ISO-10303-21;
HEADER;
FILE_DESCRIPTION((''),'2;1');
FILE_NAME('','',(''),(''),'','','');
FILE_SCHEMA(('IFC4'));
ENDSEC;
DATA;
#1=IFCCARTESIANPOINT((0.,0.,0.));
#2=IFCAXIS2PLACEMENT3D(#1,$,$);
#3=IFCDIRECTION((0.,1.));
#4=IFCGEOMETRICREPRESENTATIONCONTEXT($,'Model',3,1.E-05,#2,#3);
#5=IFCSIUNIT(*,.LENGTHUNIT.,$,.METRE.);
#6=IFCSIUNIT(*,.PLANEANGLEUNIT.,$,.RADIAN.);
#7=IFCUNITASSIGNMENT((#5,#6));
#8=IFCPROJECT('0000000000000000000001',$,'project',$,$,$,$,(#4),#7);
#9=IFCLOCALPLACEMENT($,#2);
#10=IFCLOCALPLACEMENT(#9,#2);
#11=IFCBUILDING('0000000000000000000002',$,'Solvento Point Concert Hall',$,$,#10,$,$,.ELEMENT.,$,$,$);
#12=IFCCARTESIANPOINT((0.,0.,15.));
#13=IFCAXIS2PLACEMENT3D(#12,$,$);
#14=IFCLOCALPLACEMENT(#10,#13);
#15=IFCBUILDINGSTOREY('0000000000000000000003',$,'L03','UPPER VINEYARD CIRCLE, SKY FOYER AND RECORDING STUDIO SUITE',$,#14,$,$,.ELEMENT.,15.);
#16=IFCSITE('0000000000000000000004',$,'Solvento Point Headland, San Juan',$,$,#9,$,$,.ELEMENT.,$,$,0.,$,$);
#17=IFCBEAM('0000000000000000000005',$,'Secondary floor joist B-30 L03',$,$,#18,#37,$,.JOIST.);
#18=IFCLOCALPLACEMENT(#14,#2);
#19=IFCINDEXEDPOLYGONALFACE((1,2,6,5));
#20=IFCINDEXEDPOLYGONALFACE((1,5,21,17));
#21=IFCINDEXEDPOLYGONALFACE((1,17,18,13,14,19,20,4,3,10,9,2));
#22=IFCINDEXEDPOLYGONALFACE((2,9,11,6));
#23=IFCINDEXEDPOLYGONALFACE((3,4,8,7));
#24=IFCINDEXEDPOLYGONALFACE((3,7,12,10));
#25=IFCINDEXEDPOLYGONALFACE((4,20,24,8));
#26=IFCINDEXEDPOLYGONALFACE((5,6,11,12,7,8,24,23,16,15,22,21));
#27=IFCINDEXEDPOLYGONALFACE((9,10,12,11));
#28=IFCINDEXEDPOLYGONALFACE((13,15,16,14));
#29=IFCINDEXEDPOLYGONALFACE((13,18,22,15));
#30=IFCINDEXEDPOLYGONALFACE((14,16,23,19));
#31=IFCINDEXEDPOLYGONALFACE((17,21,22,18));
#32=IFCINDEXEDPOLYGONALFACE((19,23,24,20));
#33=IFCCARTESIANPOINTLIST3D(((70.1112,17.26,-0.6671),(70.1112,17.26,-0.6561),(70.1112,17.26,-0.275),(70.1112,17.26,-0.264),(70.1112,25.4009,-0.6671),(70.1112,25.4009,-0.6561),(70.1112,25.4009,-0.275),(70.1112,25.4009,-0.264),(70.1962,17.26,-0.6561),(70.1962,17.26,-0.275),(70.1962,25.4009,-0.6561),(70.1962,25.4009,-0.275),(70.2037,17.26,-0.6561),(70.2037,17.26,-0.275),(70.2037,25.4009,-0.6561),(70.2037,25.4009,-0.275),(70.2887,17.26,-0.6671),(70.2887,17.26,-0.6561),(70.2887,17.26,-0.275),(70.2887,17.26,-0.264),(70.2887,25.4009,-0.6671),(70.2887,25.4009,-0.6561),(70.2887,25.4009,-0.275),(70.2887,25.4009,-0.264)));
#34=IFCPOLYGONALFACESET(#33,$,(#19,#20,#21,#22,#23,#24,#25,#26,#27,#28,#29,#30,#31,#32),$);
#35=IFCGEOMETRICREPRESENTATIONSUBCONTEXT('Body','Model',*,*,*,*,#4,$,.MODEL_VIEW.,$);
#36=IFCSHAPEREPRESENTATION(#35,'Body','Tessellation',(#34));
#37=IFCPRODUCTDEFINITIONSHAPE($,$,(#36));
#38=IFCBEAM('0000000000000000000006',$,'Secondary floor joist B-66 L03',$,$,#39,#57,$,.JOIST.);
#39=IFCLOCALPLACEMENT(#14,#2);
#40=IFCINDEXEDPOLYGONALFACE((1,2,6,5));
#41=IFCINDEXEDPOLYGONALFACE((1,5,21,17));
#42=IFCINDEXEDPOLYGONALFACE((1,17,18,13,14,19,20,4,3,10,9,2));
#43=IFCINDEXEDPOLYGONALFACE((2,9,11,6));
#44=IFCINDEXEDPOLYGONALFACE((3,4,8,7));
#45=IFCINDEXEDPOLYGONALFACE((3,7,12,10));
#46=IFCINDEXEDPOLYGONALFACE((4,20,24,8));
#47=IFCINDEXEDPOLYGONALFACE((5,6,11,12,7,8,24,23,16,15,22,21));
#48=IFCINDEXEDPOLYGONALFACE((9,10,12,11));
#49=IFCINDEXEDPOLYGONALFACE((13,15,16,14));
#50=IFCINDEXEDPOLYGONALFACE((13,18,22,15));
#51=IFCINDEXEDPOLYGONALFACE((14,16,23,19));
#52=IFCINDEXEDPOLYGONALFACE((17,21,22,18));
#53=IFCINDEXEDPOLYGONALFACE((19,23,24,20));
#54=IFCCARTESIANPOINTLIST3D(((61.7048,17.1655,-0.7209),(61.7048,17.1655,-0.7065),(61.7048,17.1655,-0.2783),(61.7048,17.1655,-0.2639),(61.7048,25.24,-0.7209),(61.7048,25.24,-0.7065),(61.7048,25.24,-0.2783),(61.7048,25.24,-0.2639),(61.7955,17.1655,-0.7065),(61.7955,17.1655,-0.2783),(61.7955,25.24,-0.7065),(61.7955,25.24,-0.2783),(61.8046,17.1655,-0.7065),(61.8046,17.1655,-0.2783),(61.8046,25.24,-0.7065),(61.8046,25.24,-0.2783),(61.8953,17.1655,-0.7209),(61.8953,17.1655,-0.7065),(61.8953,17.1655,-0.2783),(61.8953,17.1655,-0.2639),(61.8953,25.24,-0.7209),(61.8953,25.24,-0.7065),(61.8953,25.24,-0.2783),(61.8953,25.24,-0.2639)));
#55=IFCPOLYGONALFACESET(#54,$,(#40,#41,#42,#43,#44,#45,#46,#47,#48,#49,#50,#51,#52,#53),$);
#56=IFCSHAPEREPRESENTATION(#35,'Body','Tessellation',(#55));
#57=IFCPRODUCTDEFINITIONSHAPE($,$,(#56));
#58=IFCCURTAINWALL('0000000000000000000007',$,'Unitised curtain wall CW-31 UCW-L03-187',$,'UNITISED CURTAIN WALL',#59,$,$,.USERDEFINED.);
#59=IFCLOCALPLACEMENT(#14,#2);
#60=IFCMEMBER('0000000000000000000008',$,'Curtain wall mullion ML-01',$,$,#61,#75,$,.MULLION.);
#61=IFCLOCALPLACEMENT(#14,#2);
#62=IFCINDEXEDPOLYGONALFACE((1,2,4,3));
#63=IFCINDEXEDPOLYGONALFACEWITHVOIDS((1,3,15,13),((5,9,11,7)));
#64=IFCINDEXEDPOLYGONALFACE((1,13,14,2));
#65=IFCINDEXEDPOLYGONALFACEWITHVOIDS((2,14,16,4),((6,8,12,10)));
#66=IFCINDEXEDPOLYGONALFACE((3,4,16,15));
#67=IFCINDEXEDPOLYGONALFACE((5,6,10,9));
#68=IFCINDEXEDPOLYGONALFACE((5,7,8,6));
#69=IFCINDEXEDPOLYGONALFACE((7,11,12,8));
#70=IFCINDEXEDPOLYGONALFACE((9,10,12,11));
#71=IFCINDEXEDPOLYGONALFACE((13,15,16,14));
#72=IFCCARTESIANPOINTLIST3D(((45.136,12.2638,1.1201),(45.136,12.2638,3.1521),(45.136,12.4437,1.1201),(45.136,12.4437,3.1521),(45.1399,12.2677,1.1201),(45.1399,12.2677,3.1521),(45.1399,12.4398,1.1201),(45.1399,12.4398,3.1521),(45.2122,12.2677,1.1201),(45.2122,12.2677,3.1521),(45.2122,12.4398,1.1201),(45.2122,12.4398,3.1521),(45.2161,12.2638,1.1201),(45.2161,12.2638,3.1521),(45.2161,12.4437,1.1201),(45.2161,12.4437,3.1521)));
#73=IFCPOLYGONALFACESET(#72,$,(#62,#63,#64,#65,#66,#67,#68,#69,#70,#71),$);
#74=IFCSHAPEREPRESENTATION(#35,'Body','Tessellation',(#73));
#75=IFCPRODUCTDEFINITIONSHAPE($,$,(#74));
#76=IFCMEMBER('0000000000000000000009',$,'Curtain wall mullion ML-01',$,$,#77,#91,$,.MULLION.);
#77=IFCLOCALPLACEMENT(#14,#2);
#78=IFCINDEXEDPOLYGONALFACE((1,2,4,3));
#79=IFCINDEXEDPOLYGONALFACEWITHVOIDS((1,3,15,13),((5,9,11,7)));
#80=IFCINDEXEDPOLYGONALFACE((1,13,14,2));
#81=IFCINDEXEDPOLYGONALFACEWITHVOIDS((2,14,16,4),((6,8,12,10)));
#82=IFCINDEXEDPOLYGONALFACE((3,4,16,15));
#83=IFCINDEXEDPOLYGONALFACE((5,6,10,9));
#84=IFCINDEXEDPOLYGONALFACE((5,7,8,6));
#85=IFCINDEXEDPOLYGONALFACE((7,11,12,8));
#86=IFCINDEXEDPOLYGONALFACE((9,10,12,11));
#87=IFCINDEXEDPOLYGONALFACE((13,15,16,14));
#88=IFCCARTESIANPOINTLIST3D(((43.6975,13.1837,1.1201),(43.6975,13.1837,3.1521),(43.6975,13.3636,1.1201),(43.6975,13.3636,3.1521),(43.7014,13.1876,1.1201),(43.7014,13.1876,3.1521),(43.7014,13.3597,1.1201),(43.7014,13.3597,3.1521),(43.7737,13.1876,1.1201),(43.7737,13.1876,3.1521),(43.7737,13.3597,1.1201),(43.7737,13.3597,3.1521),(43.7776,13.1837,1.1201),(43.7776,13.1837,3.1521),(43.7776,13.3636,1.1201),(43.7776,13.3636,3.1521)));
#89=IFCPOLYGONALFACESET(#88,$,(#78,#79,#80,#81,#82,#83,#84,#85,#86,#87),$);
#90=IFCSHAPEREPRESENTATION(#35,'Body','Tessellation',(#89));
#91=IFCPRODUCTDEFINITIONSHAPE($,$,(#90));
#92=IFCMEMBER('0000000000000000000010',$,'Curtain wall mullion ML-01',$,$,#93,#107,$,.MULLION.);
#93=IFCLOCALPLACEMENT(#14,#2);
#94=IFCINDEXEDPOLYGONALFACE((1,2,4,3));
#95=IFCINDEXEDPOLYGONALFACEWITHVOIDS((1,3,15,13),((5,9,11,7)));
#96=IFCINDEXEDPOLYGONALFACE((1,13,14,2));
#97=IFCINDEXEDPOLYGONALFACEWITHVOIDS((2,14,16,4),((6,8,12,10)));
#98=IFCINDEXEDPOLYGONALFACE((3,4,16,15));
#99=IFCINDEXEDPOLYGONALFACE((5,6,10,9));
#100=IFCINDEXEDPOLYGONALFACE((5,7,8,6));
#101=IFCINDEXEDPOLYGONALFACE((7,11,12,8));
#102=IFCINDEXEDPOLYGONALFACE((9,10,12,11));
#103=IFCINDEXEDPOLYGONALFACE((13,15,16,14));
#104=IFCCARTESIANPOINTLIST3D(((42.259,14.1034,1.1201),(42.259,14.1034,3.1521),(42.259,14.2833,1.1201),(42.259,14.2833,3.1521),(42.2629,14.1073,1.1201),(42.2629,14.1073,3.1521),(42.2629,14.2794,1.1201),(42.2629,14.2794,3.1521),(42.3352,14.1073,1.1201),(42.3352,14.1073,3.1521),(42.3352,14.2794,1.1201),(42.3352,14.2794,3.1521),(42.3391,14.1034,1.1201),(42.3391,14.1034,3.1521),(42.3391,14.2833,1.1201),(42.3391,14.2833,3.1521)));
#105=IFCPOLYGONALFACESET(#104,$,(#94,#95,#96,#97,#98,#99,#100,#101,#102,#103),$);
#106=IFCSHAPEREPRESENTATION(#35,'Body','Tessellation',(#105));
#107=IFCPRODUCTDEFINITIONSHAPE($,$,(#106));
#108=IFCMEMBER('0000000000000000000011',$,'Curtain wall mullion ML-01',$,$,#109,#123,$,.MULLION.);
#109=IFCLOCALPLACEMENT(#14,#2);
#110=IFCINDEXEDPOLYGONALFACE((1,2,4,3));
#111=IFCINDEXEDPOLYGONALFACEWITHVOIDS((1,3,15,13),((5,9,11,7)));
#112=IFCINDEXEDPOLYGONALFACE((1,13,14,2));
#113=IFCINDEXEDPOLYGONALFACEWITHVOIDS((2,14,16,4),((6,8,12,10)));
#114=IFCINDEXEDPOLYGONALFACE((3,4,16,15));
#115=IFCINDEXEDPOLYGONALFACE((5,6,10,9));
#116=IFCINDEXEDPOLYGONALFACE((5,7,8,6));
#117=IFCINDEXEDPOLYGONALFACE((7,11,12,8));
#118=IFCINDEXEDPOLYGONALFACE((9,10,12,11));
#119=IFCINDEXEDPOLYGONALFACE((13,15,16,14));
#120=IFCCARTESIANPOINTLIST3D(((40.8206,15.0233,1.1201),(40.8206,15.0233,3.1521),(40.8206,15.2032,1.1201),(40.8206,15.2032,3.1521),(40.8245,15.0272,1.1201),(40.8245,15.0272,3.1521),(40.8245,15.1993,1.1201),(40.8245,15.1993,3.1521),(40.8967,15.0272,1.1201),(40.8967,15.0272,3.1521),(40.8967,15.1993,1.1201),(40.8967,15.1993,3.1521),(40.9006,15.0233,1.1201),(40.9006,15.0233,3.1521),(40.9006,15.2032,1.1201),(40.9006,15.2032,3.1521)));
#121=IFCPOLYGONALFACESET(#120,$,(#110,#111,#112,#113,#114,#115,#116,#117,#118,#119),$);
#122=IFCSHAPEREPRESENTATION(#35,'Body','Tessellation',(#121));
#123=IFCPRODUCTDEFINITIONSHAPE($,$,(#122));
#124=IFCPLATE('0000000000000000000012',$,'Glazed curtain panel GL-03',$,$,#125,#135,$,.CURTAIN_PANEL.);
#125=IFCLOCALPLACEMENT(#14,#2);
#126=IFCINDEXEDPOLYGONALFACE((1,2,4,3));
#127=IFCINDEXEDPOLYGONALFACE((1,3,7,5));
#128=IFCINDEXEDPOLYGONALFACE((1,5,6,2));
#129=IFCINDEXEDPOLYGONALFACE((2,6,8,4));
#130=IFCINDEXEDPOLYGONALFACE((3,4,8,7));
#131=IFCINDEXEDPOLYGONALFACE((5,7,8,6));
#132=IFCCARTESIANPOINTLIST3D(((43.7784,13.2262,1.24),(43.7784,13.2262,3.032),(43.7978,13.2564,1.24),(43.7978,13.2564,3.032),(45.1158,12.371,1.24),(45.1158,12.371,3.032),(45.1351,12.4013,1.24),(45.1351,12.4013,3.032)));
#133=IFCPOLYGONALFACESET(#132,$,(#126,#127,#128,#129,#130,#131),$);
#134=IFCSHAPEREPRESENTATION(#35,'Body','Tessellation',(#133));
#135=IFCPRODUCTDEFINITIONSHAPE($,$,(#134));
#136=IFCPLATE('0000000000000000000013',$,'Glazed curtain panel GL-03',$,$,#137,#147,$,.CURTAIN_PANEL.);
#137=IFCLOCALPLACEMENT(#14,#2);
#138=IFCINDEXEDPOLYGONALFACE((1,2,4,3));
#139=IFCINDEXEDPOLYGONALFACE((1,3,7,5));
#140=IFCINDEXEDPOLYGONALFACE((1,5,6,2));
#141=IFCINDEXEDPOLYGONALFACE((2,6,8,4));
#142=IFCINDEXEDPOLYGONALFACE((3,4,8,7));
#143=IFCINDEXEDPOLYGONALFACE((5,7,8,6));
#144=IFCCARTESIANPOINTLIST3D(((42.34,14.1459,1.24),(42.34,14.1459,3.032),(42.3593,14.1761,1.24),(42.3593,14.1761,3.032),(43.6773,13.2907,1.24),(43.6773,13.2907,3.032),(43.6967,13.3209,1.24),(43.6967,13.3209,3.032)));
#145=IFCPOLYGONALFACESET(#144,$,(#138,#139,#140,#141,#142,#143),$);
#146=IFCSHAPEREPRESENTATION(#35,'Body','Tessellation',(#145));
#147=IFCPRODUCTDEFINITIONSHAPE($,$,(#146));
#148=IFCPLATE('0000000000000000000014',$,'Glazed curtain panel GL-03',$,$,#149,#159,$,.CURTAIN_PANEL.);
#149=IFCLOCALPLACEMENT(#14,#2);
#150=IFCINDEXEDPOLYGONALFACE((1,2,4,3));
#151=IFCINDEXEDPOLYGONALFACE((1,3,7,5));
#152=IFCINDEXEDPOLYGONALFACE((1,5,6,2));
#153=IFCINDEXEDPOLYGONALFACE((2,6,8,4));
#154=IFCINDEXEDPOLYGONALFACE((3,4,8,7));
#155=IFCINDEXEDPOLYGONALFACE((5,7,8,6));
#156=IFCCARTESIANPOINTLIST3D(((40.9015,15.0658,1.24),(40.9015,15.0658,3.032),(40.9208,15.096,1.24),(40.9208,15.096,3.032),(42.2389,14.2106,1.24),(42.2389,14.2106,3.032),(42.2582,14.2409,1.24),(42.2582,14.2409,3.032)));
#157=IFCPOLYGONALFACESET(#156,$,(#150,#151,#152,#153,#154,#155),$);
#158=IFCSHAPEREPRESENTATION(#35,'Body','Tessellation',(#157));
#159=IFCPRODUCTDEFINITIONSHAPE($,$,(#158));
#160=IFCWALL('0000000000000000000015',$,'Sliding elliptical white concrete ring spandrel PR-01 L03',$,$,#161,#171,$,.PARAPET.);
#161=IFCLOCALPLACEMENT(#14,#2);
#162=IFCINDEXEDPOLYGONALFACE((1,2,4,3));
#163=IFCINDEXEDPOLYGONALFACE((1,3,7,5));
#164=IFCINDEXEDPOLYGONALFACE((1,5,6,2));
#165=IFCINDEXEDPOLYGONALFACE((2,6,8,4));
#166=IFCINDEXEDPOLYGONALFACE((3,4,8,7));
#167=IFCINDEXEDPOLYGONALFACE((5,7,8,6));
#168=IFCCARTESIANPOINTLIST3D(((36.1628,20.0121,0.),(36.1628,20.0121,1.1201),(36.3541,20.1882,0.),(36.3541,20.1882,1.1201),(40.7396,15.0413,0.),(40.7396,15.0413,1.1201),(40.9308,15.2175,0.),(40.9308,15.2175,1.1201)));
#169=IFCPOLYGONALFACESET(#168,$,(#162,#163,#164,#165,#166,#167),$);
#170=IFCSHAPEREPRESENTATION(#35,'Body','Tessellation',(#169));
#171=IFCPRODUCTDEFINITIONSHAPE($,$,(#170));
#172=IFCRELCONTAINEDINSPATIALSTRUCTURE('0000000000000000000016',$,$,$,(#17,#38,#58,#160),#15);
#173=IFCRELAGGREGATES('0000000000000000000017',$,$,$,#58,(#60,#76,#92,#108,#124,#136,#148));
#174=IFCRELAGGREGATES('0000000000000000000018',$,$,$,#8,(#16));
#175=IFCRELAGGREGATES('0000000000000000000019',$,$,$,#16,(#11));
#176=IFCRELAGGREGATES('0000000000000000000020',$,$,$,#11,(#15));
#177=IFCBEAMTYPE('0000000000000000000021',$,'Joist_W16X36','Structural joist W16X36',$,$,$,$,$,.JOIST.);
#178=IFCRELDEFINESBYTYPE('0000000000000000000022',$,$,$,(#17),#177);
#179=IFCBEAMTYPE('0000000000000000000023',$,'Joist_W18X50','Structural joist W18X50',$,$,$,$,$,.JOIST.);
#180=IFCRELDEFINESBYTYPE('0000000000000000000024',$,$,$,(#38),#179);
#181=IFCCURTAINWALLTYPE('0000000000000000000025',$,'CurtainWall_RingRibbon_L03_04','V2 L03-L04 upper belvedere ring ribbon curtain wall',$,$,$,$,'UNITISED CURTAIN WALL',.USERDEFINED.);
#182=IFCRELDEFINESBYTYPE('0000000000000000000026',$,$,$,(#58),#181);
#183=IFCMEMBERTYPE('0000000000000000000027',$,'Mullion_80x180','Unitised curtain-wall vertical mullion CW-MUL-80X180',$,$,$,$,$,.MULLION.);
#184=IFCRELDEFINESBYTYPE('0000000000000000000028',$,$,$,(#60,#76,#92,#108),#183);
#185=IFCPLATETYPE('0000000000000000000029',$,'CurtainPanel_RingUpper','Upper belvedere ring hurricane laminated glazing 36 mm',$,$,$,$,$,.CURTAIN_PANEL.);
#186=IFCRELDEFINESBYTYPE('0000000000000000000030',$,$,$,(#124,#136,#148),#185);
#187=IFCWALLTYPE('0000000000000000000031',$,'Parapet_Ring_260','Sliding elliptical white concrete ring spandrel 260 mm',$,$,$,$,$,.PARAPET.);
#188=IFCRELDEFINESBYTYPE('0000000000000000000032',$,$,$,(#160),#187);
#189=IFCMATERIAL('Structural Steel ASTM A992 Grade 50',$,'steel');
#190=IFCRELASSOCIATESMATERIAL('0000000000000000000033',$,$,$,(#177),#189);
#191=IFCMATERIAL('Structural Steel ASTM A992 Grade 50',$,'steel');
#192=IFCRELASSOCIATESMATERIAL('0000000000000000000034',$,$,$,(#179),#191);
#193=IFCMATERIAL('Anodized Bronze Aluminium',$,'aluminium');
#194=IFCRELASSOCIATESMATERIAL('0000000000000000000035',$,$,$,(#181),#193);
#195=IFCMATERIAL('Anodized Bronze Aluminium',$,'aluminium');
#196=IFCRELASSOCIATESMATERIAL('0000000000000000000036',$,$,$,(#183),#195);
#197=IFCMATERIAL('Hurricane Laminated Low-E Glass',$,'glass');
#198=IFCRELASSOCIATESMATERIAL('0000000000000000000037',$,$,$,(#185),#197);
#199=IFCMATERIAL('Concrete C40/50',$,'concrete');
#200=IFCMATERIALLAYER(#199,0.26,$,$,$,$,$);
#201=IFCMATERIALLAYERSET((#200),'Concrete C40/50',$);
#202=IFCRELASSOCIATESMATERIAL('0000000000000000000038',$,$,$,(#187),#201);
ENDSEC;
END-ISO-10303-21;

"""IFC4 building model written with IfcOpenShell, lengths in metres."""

from ifc_helpers import new_model, si_unit, direction, frame, frame_2d, origin, origin_2d, place, context, subcontext, project, spatial, rectangle, hollow_rectangle, i_section, extrude, material, layer, layer_set, material_profile, profile_set, type_object, element, aggregate, save


model = new_model("IFC4")

# Units and contexts
model_context = context("Model", 3, precision=1e-05, world=origin(), true_north=direction((0.0, 1.0)))
body_context = subcontext(model_context, "Body", "Model", "MODEL_VIEW")
ifc_project = project(units=[si_unit("LENGTHUNIT", "METRE"), si_unit("PLANEANGLEUNIT", "RADIAN")], contexts=[model_context])

# Site, building, storey
site_placement = place(None, origin())
site = spatial("IfcSite", under=ifc_project, at=site_placement, Name="Solvento Point Headland, San Juan", CompositionType="ELEMENT", RefElevation=0.0)
building_placement = place(site_placement, origin())
building = spatial("IfcBuilding", under=site, at=building_placement, Name="Solvento Point Concert Hall", CompositionType="ELEMENT")
storey_placement = place(building_placement, frame((0.0, 0.0, 15.0)))
storey = spatial("IfcBuildingStorey", under=building, at=storey_placement, Name="L03", Description="UPPER VINEYARD CIRCLE, SKY FOYER AND RECORDING STUDIO SUITE", CompositionType="ELEMENT", Elevation=15.0)

# Beams
ifc_material_1 = material(Name="Structural Steel ASTM A992 Grade 50", Category="steel")
ifc_material_profile_1 = material_profile(ifc_material_1, i_section(OverallWidth=0.1775, OverallDepth=0.4031, WebThickness=0.0076, FlangeThickness=0.011, at=origin_2d()), Name="W16X36")
ifc_profile_set_1 = profile_set([ifc_material_profile_1], Name="Structural Steel ASTM A992 Grade 50")
beam_type_1 = type_object("IfcBeamType", Name="Joist_W16X36", Description="Structural joist W16X36", PredefinedType="JOIST", material=ifc_profile_set_1)
beam_1_placement = place(storey_placement, frame((70.2, 17.26, -0.4656), z_axis=(0.0, 1.0, 0.0), x_axis=(-1.0, 0.0, 0.0)))
element("IfcBeam", 1, at=beam_1_placement, inside=storey, type_object=beam_type_1, Name="Secondary floor joist B-30 L03", PredefinedType="JOIST", context=body_context, shape_type="SweptSolid", body=[
    extrude(i_section(OverallWidth=0.1775, OverallDepth=0.4031, WebThickness=0.0076, FlangeThickness=0.011, at=origin_2d()), origin(), (0.0, 0.0, 1.0), 8.1409),
])
ifc_material_2 = material(Name="Structural Steel ASTM A992 Grade 50", Category="steel")
ifc_material_profile_2 = material_profile(ifc_material_2, i_section(OverallWidth=0.1904, OverallDepth=0.457, WebThickness=0.009, FlangeThickness=0.0144, at=origin_2d()), Name="W18X50")
ifc_profile_set_2 = profile_set([ifc_material_profile_2], Name="Structural Steel ASTM A992 Grade 50")
beam_type_2 = type_object("IfcBeamType", Name="Joist_W18X50", Description="Structural joist W18X50", PredefinedType="JOIST", material=ifc_profile_set_2)
beam_2_placement = place(storey_placement, frame((61.8, 17.1655, -0.4924), z_axis=(0.0, 1.0, 0.0), x_axis=(-1.0, 0.0, 0.0)))
element("IfcBeam", 2, at=beam_2_placement, inside=storey, type_object=beam_type_2, Name="Secondary floor joist B-66 L03", PredefinedType="JOIST", context=body_context, shape_type="SweptSolid", body=[
    extrude(i_section(OverallWidth=0.1904, OverallDepth=0.457, WebThickness=0.009, FlangeThickness=0.0144, at=origin_2d()), origin(), (0.0, 0.0, 1.0), 8.0745),
])

# Curtain wall, members, plates
ifc_material_3 = material(Name="Anodized Bronze Aluminium", Category="aluminium")
curtain_wall_type = type_object("IfcCurtainWallType", Name="CurtainWall_RingRibbon_L03_04", Description="V2 L03-L04 upper belvedere ring ribbon curtain wall", ElementType="UNITISED CURTAIN WALL", PredefinedType="USERDEFINED", material=ifc_material_3)
curtain_wall_placement = place(storey_placement, origin())
curtain_wall = element("IfcCurtainWall", 3, at=curtain_wall_placement, inside=storey, type_object=curtain_wall_type, Name="Unitised curtain wall CW-31 UCW-L03-187", ObjectType="UNITISED CURTAIN WALL", PredefinedType="USERDEFINED")
ifc_material_4 = material(Name="Anodized Bronze Aluminium", Category="aluminium")
ifc_material_profile_3 = material_profile(ifc_material_4, hollow_rectangle(XDim=0.0801, YDim=0.1799, WallThickness=0.0039, at=origin_2d()), Name="CW-MUL-80X180")
ifc_profile_set_3 = profile_set([ifc_material_profile_3], Name="Anodized Bronze Aluminium")
member_type = type_object("IfcMemberType", Name="Mullion_80x180", Description="Unitised curtain-wall vertical mullion CW-MUL-80X180", PredefinedType="MULLION", material=ifc_profile_set_3)
member_1_placement = place(storey_placement, frame((45.176, 12.3538, 1.1201), z_axis=(0.0, 0.0, 1.0), x_axis=(1.0, 0.0, 0.0)))
member_1 = element("IfcMember", 4, at=member_1_placement, type_object=member_type, Name="Curtain wall mullion ML-01", PredefinedType="MULLION", context=body_context, shape_type="SweptSolid", body=[
    extrude(hollow_rectangle(XDim=0.0801, YDim=0.1799, WallThickness=0.0039, at=origin_2d()), origin(), (0.0, 0.0, 1.0), 2.032),
])
member_2_placement = place(storey_placement, frame((43.7375, 13.2737, 1.1201), z_axis=(0.0, 0.0, 1.0), x_axis=(1.0, 0.0, 0.0)))
member_2 = element("IfcMember", 5, at=member_2_placement, type_object=member_type, Name="Curtain wall mullion ML-01", PredefinedType="MULLION", context=body_context, shape_type="SweptSolid", body=[
    extrude(hollow_rectangle(XDim=0.0801, YDim=0.1799, WallThickness=0.0039, at=origin_2d()), origin(), (0.0, 0.0, 1.0), 2.032),
])
member_3_placement = place(storey_placement, frame((42.2991, 14.1934, 1.1201), z_axis=(0.0, 0.0, 1.0), x_axis=(1.0, 0.0, 0.0)))
member_3 = element("IfcMember", 6, at=member_3_placement, type_object=member_type, Name="Curtain wall mullion ML-01", PredefinedType="MULLION", context=body_context, shape_type="SweptSolid", body=[
    extrude(hollow_rectangle(XDim=0.0801, YDim=0.1799, WallThickness=0.0039, at=origin_2d()), origin(), (0.0, 0.0, 1.0), 2.032),
])
member_4_placement = place(storey_placement, frame((40.8606, 15.1133, 1.1201), z_axis=(0.0, 0.0, 1.0), x_axis=(1.0, 0.0, 0.0)))
member_4 = element("IfcMember", 7, at=member_4_placement, type_object=member_type, Name="Curtain wall mullion ML-01", PredefinedType="MULLION", context=body_context, shape_type="SweptSolid", body=[
    extrude(hollow_rectangle(XDim=0.0801, YDim=0.1799, WallThickness=0.0039, at=origin_2d()), origin(), (0.0, 0.0, 1.0), 2.032),
])
ifc_material_5 = material(Name="Hurricane Laminated Low-E Glass", Category="glass")
plate_type = type_object("IfcPlateType", Name="CurtainPanel_RingUpper", Description="Upper belvedere ring hurricane laminated glazing 36 mm", PredefinedType="CURTAIN_PANEL", material=ifc_material_5)
plate_1_placement = place(storey_placement, frame((44.4568, 12.8137, 1.24), z_axis=(0.0, 0.0, 1.0), x_axis=(-0.84249, 0.538712, 0.0)))
plate_1 = element("IfcPlate", 8, at=plate_1_placement, type_object=plate_type, Name="Glazed curtain panel GL-03", PredefinedType="CURTAIN_PANEL", context=body_context, shape_type="SweptSolid", body=[
    extrude(rectangle(XDim=1.5874, YDim=0.0359, at=origin_2d()), origin(), (0.0, 0.0, 1.0), 1.792),
])
plate_2_placement = place(storey_placement, frame((43.0183, 13.7334, 1.24), z_axis=(0.0, 0.0, 1.0), x_axis=(-0.84249, 0.538712, 0.0)))
plate_2 = element("IfcPlate", 9, at=plate_2_placement, type_object=plate_type, Name="Glazed curtain panel GL-03", PredefinedType="CURTAIN_PANEL", context=body_context, shape_type="SweptSolid", body=[
    extrude(rectangle(XDim=1.5874, YDim=0.0359, at=origin_2d()), origin(), (0.0, 0.0, 1.0), 1.792),
])
plate_3_placement = place(storey_placement, frame((41.5798, 14.6533, 1.24), z_axis=(0.0, 0.0, 1.0), x_axis=(-0.84249, 0.538712, 0.0)))
plate_3 = element("IfcPlate", 10, at=plate_3_placement, type_object=plate_type, Name="Glazed curtain panel GL-03", PredefinedType="CURTAIN_PANEL", context=body_context, shape_type="SweptSolid", body=[
    extrude(rectangle(XDim=1.5874, YDim=0.0359, at=origin_2d()), origin(), (0.0, 0.0, 1.0), 1.792),
])
aggregate(curtain_wall, [member_1, member_2, member_3, member_4, plate_1, plate_2, plate_3])

# Wall
ifc_material_6 = material(Name="Concrete C40/50", Category="concrete")
ifc_layer = layer(ifc_material_6, 0.26)
ifc_layer_set = layer_set([ifc_layer], Name="Concrete C40/50")
wall_type = type_object("IfcWallType", Name="Parapet_Ring_260", Description="Sliding elliptical white concrete ring spandrel 260 mm", PredefinedType="PARAPET", material=ifc_layer_set)
wall_placement = place(storey_placement, frame((40.8352, 15.1294, 0.0), z_axis=(0.0, 0.0, 1.0), x_axis=(-0.677346, 0.735664, 0.0)))
element("IfcWall", 11, at=wall_placement, inside=storey, type_object=wall_type, Name="Sliding elliptical white concrete ring spandrel PR-01 L03", PredefinedType="PARAPET", context=body_context, shape_type="SweptSolid", body=[
    extrude(rectangle(XDim=6.7568, YDim=0.26, at=frame_2d((3.3784, 0.0))), origin(), (0.0, 0.0, 1.0), 1.1201),
])

save(model, "model.ifc")
